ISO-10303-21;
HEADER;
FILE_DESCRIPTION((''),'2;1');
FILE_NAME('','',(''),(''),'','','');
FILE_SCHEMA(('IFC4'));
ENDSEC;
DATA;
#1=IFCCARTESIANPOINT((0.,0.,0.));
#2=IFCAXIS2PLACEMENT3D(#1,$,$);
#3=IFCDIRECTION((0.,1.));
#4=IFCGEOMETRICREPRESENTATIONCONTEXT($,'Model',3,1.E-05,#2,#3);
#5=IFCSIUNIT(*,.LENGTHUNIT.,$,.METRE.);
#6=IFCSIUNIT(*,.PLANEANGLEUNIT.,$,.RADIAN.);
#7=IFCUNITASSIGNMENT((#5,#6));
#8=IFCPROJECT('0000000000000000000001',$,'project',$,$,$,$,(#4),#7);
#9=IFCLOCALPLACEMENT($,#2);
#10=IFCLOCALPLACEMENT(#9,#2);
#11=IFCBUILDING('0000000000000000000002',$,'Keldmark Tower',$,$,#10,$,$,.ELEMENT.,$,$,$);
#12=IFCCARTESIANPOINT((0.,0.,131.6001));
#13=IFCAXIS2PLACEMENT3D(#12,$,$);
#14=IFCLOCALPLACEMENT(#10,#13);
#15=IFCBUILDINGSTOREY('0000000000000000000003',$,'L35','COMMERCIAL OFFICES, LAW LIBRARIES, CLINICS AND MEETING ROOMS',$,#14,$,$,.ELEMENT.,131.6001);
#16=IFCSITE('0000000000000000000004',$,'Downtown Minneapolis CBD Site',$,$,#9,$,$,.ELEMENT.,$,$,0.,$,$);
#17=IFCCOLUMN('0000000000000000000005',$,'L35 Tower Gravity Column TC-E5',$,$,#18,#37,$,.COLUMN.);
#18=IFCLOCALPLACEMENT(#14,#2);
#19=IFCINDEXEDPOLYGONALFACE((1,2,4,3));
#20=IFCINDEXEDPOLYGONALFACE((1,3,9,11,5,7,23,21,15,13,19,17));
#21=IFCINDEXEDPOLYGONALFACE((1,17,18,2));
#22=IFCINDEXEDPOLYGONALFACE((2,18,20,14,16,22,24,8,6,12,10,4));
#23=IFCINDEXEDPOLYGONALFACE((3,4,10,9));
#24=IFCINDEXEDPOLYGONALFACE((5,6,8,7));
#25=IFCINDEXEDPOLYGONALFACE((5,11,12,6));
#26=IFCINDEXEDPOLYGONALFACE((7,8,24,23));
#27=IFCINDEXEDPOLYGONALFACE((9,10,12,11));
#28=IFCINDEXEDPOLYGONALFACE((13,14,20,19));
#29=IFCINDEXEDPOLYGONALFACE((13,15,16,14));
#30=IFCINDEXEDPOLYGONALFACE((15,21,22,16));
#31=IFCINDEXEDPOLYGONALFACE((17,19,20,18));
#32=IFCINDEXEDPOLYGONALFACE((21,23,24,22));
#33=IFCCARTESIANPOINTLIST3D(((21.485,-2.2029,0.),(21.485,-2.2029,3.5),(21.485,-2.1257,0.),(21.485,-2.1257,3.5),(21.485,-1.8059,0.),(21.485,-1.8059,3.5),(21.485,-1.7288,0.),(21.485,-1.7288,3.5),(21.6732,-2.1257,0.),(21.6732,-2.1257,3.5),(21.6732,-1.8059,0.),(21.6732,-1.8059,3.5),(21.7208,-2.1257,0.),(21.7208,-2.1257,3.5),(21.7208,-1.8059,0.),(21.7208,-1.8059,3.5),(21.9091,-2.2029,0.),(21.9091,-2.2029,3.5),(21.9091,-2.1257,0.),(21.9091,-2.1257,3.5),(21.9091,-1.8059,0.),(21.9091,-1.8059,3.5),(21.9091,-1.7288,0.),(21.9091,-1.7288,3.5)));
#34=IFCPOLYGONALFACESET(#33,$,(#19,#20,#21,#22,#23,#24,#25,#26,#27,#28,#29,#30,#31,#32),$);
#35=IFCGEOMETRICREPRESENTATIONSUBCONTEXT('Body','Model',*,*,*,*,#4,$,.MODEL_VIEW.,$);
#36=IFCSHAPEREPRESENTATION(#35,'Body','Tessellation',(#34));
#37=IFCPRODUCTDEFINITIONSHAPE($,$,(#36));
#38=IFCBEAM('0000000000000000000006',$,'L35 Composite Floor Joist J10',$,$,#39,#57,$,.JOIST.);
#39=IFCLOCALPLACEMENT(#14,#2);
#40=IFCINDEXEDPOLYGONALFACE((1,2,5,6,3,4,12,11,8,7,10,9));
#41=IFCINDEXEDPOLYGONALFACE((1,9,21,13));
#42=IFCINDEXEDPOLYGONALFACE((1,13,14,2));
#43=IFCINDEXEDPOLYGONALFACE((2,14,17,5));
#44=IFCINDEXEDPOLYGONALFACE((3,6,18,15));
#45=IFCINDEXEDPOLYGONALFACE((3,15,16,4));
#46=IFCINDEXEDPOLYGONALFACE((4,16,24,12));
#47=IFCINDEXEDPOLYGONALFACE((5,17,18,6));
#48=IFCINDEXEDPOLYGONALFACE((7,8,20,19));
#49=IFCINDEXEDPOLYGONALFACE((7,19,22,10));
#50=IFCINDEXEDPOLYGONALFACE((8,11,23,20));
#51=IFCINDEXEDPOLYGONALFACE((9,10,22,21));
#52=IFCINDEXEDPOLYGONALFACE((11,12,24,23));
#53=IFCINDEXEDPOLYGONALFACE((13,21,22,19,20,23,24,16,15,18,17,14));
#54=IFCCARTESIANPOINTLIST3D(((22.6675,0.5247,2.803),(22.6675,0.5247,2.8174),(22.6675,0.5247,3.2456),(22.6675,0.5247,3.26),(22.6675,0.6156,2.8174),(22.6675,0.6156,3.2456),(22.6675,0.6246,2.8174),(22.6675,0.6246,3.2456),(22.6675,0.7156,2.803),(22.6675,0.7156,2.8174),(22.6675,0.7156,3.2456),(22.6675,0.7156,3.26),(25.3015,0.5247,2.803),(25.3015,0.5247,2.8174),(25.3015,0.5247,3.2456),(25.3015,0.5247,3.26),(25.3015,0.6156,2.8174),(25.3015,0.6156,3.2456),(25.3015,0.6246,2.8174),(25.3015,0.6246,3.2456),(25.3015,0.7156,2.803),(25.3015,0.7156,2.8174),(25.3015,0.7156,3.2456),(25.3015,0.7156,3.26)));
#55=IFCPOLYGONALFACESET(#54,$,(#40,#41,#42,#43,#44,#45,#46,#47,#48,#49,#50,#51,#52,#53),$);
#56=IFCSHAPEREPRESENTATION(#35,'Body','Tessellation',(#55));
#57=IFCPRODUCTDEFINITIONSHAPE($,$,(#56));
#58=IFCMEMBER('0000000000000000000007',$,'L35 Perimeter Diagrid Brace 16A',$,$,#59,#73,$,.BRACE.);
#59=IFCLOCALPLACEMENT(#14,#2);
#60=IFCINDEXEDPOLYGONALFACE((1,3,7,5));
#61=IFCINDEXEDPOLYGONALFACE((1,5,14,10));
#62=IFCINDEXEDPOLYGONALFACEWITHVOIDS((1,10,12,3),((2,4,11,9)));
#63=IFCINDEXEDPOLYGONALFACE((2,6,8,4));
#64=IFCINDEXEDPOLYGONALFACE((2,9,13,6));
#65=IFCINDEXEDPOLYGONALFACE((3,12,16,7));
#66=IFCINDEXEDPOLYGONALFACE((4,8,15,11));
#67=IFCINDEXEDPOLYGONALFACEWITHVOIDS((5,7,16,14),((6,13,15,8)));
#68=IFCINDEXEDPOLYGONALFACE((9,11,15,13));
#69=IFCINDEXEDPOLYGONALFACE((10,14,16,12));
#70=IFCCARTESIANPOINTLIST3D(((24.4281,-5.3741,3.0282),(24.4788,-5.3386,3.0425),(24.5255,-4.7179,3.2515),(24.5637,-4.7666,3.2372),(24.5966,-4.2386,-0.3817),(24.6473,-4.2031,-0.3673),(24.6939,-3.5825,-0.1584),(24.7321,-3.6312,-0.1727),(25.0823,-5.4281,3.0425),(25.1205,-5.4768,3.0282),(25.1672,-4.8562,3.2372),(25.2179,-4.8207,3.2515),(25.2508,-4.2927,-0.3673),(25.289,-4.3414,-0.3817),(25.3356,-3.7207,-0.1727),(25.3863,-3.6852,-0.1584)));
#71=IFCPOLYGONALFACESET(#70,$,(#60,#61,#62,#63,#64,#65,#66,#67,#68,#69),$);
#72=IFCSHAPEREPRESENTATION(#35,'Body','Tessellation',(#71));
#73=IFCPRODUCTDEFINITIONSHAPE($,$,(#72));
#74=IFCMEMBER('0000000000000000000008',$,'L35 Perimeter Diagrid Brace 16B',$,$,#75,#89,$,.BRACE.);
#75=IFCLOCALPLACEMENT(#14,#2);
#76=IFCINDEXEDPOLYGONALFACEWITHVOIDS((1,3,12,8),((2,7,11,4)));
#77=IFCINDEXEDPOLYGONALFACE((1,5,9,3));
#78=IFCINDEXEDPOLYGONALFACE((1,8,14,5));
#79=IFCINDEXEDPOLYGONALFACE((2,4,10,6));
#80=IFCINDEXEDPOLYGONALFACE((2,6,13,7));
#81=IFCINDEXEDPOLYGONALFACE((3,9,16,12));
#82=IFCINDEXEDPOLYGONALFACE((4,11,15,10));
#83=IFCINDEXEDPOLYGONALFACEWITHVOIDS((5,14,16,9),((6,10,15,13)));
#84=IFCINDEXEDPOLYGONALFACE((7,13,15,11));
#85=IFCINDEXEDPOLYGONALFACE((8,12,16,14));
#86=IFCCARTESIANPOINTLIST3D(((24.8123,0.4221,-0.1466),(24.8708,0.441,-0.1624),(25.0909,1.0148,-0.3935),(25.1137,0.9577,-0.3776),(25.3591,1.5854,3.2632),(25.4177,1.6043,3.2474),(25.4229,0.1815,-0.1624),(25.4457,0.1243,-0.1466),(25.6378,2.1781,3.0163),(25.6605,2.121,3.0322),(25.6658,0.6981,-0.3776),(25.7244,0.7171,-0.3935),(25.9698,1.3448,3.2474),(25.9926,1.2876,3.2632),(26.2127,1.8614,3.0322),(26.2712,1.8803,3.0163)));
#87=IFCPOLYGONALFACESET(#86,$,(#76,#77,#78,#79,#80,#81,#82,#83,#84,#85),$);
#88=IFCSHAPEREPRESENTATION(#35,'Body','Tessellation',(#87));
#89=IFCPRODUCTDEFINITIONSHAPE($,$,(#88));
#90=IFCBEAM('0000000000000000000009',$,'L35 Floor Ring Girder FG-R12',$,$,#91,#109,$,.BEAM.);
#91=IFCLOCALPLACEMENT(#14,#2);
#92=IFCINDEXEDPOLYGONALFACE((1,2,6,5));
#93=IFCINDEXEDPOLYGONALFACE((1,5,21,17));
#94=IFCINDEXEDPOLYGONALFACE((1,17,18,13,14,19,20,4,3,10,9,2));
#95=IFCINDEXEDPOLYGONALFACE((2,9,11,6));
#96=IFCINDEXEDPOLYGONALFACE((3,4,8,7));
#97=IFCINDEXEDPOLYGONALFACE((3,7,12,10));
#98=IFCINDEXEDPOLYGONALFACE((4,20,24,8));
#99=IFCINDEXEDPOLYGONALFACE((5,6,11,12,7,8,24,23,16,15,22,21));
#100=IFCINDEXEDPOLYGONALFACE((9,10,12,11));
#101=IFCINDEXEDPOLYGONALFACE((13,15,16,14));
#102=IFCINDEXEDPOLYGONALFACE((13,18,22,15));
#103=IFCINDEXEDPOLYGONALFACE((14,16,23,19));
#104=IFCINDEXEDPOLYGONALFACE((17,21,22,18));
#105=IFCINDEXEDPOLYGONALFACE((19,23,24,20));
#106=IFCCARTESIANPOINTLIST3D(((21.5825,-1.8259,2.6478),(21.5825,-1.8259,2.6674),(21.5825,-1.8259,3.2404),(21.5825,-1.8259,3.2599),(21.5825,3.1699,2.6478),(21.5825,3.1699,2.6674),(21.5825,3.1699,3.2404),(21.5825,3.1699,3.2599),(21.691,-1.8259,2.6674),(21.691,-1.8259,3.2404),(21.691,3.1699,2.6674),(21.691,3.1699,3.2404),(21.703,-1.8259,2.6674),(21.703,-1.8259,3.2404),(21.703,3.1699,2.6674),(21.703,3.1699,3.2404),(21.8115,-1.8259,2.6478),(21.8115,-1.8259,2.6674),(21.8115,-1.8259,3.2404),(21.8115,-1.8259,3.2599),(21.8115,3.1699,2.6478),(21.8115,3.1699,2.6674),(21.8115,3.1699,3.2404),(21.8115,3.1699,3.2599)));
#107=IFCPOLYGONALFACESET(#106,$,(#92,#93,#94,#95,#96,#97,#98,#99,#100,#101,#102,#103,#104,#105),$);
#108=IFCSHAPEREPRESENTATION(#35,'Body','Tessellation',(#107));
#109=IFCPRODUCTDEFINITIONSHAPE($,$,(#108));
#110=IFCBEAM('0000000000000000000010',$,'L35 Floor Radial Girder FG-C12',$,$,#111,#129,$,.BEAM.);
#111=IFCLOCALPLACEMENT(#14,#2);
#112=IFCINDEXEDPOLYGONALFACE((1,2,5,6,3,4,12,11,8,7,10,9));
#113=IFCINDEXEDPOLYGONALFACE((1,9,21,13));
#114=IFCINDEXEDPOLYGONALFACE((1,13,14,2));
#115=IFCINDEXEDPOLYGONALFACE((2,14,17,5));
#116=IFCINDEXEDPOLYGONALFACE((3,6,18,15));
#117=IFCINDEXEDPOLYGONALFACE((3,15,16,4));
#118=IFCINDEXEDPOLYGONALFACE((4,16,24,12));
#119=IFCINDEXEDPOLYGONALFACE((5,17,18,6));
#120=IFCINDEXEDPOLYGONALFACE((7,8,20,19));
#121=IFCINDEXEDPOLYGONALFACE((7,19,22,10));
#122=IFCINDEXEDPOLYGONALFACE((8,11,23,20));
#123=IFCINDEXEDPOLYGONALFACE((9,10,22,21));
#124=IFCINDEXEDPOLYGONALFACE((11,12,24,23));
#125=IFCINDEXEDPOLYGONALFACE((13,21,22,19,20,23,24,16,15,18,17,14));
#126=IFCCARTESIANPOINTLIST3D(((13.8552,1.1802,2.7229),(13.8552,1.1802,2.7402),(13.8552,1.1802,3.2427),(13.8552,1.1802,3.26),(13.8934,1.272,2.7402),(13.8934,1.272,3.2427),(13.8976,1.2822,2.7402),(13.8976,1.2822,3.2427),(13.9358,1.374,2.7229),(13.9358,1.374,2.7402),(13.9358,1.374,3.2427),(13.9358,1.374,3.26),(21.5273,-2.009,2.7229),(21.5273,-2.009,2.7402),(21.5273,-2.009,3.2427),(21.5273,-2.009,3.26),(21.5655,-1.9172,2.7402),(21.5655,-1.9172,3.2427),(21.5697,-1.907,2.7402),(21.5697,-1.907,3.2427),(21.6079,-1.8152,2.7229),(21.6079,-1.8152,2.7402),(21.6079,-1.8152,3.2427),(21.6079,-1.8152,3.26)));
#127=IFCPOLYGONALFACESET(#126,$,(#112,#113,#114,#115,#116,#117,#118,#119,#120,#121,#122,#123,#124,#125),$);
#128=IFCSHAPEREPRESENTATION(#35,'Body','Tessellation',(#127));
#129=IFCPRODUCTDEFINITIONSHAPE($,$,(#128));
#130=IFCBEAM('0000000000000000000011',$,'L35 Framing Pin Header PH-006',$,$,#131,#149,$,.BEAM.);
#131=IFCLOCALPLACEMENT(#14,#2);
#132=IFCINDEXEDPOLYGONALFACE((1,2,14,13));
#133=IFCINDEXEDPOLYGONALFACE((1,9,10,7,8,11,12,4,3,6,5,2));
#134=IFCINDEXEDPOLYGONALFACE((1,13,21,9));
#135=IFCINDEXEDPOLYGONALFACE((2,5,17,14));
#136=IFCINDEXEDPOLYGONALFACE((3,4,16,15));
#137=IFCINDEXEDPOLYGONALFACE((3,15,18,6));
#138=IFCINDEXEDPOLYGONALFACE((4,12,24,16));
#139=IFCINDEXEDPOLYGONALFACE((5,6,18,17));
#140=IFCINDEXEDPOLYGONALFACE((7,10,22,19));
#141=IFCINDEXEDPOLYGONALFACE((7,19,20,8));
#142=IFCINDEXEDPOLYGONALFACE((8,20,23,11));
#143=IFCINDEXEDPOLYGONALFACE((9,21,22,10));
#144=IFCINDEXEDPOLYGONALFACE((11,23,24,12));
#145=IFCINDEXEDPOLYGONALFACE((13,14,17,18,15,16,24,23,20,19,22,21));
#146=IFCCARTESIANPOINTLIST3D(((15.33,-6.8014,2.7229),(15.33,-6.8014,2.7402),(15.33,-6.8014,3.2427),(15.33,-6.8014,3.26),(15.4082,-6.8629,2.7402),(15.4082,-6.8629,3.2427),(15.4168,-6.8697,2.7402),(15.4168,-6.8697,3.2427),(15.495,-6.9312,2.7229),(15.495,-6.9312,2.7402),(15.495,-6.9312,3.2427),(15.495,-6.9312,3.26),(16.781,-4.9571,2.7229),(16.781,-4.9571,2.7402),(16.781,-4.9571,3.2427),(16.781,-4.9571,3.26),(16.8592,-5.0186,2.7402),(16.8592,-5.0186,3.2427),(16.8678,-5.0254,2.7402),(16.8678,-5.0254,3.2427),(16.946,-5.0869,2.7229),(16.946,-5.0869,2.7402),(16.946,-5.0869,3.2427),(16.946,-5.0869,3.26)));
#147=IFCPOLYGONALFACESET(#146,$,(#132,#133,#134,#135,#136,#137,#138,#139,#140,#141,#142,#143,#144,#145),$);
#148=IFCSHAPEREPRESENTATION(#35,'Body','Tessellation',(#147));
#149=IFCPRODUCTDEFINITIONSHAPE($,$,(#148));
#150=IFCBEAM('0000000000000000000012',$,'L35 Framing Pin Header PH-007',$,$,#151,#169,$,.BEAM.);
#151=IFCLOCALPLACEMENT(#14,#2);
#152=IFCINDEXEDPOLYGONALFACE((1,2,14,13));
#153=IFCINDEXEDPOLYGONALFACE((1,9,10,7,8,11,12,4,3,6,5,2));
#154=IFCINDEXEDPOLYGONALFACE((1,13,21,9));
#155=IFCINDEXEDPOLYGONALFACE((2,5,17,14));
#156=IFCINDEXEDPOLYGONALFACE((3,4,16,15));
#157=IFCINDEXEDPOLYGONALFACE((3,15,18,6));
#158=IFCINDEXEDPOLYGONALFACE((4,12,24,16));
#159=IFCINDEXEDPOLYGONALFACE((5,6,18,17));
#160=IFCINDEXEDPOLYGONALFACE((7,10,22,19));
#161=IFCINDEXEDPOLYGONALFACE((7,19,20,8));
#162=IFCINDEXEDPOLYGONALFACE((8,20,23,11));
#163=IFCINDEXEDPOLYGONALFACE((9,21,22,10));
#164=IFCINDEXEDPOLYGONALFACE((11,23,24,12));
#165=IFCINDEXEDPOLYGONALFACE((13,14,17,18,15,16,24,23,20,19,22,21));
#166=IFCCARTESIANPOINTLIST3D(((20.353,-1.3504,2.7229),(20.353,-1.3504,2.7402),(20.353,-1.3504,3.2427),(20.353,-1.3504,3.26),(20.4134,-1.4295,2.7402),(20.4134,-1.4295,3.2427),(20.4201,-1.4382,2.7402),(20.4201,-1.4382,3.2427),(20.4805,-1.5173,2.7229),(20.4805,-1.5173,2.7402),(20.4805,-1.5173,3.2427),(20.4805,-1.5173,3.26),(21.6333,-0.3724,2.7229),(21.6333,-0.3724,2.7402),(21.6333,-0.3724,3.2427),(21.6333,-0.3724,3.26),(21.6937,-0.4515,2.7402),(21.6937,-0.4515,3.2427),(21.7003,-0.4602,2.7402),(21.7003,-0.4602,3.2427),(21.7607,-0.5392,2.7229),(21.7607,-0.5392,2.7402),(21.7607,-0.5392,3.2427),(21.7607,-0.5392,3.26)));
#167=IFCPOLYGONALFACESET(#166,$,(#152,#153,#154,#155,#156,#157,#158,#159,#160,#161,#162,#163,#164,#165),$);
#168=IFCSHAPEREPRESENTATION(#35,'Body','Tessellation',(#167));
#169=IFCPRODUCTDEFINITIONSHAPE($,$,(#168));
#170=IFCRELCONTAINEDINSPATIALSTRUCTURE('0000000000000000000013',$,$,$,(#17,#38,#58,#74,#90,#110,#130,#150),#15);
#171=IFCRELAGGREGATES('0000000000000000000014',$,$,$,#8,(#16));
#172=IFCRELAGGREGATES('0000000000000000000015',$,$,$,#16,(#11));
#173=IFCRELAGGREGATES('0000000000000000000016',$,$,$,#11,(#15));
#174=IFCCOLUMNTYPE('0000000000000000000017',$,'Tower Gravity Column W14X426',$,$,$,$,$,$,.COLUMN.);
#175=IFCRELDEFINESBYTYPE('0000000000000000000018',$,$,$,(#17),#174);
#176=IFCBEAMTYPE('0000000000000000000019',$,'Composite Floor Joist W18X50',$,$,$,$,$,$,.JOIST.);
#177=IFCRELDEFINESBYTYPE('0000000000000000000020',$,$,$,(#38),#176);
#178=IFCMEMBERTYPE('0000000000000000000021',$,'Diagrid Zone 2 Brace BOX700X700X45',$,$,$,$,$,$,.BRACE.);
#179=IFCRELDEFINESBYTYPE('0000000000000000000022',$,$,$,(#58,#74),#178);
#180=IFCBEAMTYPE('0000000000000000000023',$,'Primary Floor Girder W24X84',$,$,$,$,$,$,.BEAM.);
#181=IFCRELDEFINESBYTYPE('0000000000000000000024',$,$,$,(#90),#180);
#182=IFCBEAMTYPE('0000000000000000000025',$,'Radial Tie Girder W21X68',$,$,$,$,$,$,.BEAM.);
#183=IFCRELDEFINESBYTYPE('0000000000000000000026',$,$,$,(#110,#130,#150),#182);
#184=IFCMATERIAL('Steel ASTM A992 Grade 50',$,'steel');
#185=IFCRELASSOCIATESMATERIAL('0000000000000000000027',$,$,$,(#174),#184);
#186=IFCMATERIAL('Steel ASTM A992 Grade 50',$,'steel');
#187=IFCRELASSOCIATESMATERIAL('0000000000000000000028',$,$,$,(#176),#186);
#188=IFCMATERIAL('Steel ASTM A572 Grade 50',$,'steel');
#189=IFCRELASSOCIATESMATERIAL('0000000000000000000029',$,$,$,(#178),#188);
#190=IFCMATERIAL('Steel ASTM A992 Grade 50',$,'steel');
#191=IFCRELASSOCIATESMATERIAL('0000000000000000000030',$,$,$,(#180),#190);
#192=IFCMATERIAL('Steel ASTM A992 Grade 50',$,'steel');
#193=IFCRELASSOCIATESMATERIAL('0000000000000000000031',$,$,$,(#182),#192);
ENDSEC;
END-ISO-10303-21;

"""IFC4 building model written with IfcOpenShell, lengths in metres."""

from ifc_helpers import new_model, si_unit, direction, frame, origin, origin_2d, place, context, subcontext, project, spatial, hollow_rectangle, i_section, extrude, material, material_profile, profile_set, type_object, element, save


model = new_model("IFC4")

# Units and contexts
model_context = context("Model", 3, precision=1e-05, world=origin(), true_north=direction((0.0, 1.0)))
body_context = subcontext(model_context, "Body", "Model", "MODEL_VIEW")
ifc_project = project(units=[si_unit("LENGTHUNIT", "METRE"), si_unit("PLANEANGLEUNIT", "RADIAN")], contexts=[model_context])

# Site, building, storey
site_placement = place(None, origin())
site = spatial("IfcSite", under=ifc_project, at=site_placement, Name="Downtown Minneapolis CBD Site", CompositionType="ELEMENT", RefElevation=0.0)
building_placement = place(site_placement, origin())
building = spatial("IfcBuilding", under=site, at=building_placement, Name="Keldmark Tower", CompositionType="ELEMENT")
storey_placement = place(building_placement, frame((0.0, 0.0, 131.6001)))
storey = spatial("IfcBuildingStorey", under=building, at=storey_placement, Name="L35", Description="COMMERCIAL OFFICES, LAW LIBRARIES, CLINICS AND MEETING ROOMS", CompositionType="ELEMENT", Elevation=131.6001)

# Column
ifc_material_1 = material(Name="Steel ASTM A992 Grade 50", Category="steel")
ifc_material_profile_1 = material_profile(ifc_material_1, i_section(OverallWidth=0.4241, OverallDepth=0.4741, WebThickness=0.0476, FlangeThickness=0.0771, at=origin_2d()), Name="W14X426")
ifc_profile_set_1 = profile_set([ifc_material_profile_1], Name="Steel ASTM A992 Grade 50")
column_type = type_object("IfcColumnType", Name="Tower Gravity Column W14X426", PredefinedType="COLUMN", material=ifc_profile_set_1)
column_placement = place(storey_placement, frame((21.697, -1.9658, 0.0), z_axis=(0.0, 0.0, 1.0), x_axis=(1.0, 0.0, 0.0)))
element("IfcColumn", 1, at=column_placement, inside=storey, type_object=column_type, Name="L35 Tower Gravity Column TC-E5", PredefinedType="COLUMN", context=body_context, shape_type="SweptSolid", body=[
    extrude(i_section(OverallWidth=0.4241, OverallDepth=0.4741, WebThickness=0.0476, FlangeThickness=0.0771, at=origin_2d()), origin(), (0.0, 0.0, 1.0), 3.5),
])

# Beam
ifc_material_2 = material(Name="Steel ASTM A992 Grade 50", Category="steel")
ifc_material_profile_2 = material_profile(ifc_material_2, i_section(OverallWidth=0.1909, OverallDepth=0.457, WebThickness=0.009, FlangeThickness=0.0144, at=origin_2d()), Name="W18X50")
ifc_profile_set_2 = profile_set([ifc_material_profile_2], Name="Steel ASTM A992 Grade 50")
beam_type_1 = type_object("IfcBeamType", Name="Composite Floor Joist W18X50", PredefinedType="JOIST", material=ifc_profile_set_2)
beam_1_placement = place(storey_placement, frame((22.6675, 0.6201, 3.0315), z_axis=(1.0, 0.0, 0.0), x_axis=(0.0, 1.0, 0.0)))
element("IfcBeam", 2, at=beam_1_placement, inside=storey, type_object=beam_type_1, Name="L35 Composite Floor Joist J10", PredefinedType="JOIST", context=body_context, shape_type="SweptSolid", body=[
    extrude(i_section(OverallWidth=0.1909, OverallDepth=0.457, WebThickness=0.009, FlangeThickness=0.0144, at=origin_2d()), origin(), (0.0, 0.0, 1.0), 2.634),
])

# Members
ifc_material_3 = material(Name="Steel ASTM A572 Grade 50", Category="steel")
ifc_material_profile_3 = material_profile(ifc_material_3, hollow_rectangle(XDim=0.7, YDim=0.7, WallThickness=0.0449, at=origin_2d()), Name="BOX700X700X45")
ifc_profile_set_3 = profile_set([ifc_material_profile_3], Name="Steel ASTM A572 Grade 50")
member_type = type_object("IfcMemberType", Name="Diagrid Zone 2 Brace BOX700X700X45", PredefinedType="BRACE", material=ifc_profile_set_3)
member_1_placement = place(storey_placement, frame((24.9915, -3.9619, -0.27), z_axis=(-0.04682, -0.315596, 0.947738), x_axis=(0.989174, -0.146749, 0.0)))
element("IfcMember", 3, at=member_1_placement, inside=storey, type_object=member_type, Name="L35 Perimeter Diagrid Brace 16A", PredefinedType="BRACE", context=body_context, shape_type="SweptSolid", body=[
    extrude(hollow_rectangle(XDim=0.7, YDim=0.7, WallThickness=0.0449, at=origin_2d()), origin(), (0.0, 0.0, 1.0), 3.5979),
])
member_2_placement = place(storey_placement, frame((25.2683, 0.5696, -0.27), z_axis=(0.150069, 0.319231, 0.935719), x_axis=(-0.904991, 0.425431, 0.0)))
element("IfcMember", 4, at=member_2_placement, inside=storey, type_object=member_type, Name="L35 Perimeter Diagrid Brace 16B", PredefinedType="BRACE", context=body_context, shape_type="SweptSolid", body=[
    extrude(hollow_rectangle(XDim=0.7, YDim=0.7, WallThickness=0.0449, at=origin_2d()), origin(), (0.0, 0.0, 1.0), 3.644),
])

# Beams
ifc_material_4 = material(Name="Steel ASTM A992 Grade 50", Category="steel")
ifc_material_profile_4 = material_profile(ifc_material_4, i_section(OverallWidth=0.229, OverallDepth=0.6121, WebThickness=0.012, FlangeThickness=0.0195, at=origin_2d()), Name="W24X84")
ifc_profile_set_4 = profile_set([ifc_material_profile_4], Name="Steel ASTM A992 Grade 50")
beam_type_2 = type_object("IfcBeamType", Name="Primary Floor Girder W24X84", PredefinedType="BEAM", material=ifc_profile_set_4)
beam_2_placement = place(storey_placement, frame((21.697, -1.8259, 2.9539), z_axis=(0.0, 1.0, 0.0), x_axis=(-1.0, 0.0, 0.0)))
element("IfcBeam", 5, at=beam_2_placement, inside=storey, type_object=beam_type_2, Name="L35 Floor Ring Girder FG-R12", PredefinedType="BEAM", context=body_context, shape_type="SweptSolid", body=[
    extrude(i_section(OverallWidth=0.229, OverallDepth=0.6121, WebThickness=0.012, FlangeThickness=0.0195, at=origin_2d()), origin(), (0.0, 0.0, 1.0), 4.9958),
])
ifc_material_5 = material(Name="Steel ASTM A992 Grade 50", Category="steel")
ifc_material_profile_5 = material_profile(ifc_material_5, i_section(OverallWidth=0.21, OverallDepth=0.5371, WebThickness=0.011, FlangeThickness=0.0173, at=origin_2d()), Name="W21X68")
ifc_profile_set_5 = profile_set([ifc_material_profile_5], Name="Steel ASTM A992 Grade 50")
beam_type_3 = type_object("IfcBeamType", Name="Radial Tie Girder W21X68", PredefinedType="BEAM", material=ifc_profile_set_5)
beam_3_placement = place(storey_placement, frame((21.5676, -1.9121, 2.9915), z_axis=(-0.923397, 0.383845, 0.0), x_axis=(-0.383845, -0.923397, 0.0)))
element("IfcBeam", 6, at=beam_3_placement, inside=storey, type_object=beam_type_3, Name="L35 Floor Radial Girder FG-C12", PredefinedType="BEAM", context=body_context, shape_type="SweptSolid", body=[
    extrude(i_section(OverallWidth=0.21, OverallDepth=0.5371, WebThickness=0.011, FlangeThickness=0.0173, at=origin_2d()), origin(), (0.0, 0.0, 1.0), 8.3086),
])
beam_4_placement = place(storey_placement, frame((16.8635, -5.022, 2.9915), z_axis=(-0.618318, -0.785928, 0.0), x_axis=(0.785928, -0.618318, 0.0)))
element("IfcBeam", 7, at=beam_4_placement, inside=storey, type_object=beam_type_3, Name="L35 Framing Pin Header PH-006", PredefinedType="BEAM", context=body_context, shape_type="SweptSolid", body=[
    extrude(i_section(OverallWidth=0.21, OverallDepth=0.5371, WebThickness=0.011, FlangeThickness=0.0173, at=origin_2d()), origin(), (0.0, 0.0, 1.0), 2.3467),
])
beam_5_placement = place(storey_placement, frame((20.4167, -1.4338, 2.9915), z_axis=(0.794659, 0.607056, 0.0), x_axis=(-0.607056, 0.794659, 0.0)))
element("IfcBeam", 8, at=beam_5_placement, inside=storey, type_object=beam_type_3, Name="L35 Framing Pin Header PH-007", PredefinedType="BEAM", context=body_context, shape_type="SweptSolid", body=[
    extrude(i_section(OverallWidth=0.21, OverallDepth=0.5371, WebThickness=0.011, FlangeThickness=0.0173, at=origin_2d()), origin(), (0.0, 0.0, 1.0), 1.6111),
])

save(model, "model.ifc")
